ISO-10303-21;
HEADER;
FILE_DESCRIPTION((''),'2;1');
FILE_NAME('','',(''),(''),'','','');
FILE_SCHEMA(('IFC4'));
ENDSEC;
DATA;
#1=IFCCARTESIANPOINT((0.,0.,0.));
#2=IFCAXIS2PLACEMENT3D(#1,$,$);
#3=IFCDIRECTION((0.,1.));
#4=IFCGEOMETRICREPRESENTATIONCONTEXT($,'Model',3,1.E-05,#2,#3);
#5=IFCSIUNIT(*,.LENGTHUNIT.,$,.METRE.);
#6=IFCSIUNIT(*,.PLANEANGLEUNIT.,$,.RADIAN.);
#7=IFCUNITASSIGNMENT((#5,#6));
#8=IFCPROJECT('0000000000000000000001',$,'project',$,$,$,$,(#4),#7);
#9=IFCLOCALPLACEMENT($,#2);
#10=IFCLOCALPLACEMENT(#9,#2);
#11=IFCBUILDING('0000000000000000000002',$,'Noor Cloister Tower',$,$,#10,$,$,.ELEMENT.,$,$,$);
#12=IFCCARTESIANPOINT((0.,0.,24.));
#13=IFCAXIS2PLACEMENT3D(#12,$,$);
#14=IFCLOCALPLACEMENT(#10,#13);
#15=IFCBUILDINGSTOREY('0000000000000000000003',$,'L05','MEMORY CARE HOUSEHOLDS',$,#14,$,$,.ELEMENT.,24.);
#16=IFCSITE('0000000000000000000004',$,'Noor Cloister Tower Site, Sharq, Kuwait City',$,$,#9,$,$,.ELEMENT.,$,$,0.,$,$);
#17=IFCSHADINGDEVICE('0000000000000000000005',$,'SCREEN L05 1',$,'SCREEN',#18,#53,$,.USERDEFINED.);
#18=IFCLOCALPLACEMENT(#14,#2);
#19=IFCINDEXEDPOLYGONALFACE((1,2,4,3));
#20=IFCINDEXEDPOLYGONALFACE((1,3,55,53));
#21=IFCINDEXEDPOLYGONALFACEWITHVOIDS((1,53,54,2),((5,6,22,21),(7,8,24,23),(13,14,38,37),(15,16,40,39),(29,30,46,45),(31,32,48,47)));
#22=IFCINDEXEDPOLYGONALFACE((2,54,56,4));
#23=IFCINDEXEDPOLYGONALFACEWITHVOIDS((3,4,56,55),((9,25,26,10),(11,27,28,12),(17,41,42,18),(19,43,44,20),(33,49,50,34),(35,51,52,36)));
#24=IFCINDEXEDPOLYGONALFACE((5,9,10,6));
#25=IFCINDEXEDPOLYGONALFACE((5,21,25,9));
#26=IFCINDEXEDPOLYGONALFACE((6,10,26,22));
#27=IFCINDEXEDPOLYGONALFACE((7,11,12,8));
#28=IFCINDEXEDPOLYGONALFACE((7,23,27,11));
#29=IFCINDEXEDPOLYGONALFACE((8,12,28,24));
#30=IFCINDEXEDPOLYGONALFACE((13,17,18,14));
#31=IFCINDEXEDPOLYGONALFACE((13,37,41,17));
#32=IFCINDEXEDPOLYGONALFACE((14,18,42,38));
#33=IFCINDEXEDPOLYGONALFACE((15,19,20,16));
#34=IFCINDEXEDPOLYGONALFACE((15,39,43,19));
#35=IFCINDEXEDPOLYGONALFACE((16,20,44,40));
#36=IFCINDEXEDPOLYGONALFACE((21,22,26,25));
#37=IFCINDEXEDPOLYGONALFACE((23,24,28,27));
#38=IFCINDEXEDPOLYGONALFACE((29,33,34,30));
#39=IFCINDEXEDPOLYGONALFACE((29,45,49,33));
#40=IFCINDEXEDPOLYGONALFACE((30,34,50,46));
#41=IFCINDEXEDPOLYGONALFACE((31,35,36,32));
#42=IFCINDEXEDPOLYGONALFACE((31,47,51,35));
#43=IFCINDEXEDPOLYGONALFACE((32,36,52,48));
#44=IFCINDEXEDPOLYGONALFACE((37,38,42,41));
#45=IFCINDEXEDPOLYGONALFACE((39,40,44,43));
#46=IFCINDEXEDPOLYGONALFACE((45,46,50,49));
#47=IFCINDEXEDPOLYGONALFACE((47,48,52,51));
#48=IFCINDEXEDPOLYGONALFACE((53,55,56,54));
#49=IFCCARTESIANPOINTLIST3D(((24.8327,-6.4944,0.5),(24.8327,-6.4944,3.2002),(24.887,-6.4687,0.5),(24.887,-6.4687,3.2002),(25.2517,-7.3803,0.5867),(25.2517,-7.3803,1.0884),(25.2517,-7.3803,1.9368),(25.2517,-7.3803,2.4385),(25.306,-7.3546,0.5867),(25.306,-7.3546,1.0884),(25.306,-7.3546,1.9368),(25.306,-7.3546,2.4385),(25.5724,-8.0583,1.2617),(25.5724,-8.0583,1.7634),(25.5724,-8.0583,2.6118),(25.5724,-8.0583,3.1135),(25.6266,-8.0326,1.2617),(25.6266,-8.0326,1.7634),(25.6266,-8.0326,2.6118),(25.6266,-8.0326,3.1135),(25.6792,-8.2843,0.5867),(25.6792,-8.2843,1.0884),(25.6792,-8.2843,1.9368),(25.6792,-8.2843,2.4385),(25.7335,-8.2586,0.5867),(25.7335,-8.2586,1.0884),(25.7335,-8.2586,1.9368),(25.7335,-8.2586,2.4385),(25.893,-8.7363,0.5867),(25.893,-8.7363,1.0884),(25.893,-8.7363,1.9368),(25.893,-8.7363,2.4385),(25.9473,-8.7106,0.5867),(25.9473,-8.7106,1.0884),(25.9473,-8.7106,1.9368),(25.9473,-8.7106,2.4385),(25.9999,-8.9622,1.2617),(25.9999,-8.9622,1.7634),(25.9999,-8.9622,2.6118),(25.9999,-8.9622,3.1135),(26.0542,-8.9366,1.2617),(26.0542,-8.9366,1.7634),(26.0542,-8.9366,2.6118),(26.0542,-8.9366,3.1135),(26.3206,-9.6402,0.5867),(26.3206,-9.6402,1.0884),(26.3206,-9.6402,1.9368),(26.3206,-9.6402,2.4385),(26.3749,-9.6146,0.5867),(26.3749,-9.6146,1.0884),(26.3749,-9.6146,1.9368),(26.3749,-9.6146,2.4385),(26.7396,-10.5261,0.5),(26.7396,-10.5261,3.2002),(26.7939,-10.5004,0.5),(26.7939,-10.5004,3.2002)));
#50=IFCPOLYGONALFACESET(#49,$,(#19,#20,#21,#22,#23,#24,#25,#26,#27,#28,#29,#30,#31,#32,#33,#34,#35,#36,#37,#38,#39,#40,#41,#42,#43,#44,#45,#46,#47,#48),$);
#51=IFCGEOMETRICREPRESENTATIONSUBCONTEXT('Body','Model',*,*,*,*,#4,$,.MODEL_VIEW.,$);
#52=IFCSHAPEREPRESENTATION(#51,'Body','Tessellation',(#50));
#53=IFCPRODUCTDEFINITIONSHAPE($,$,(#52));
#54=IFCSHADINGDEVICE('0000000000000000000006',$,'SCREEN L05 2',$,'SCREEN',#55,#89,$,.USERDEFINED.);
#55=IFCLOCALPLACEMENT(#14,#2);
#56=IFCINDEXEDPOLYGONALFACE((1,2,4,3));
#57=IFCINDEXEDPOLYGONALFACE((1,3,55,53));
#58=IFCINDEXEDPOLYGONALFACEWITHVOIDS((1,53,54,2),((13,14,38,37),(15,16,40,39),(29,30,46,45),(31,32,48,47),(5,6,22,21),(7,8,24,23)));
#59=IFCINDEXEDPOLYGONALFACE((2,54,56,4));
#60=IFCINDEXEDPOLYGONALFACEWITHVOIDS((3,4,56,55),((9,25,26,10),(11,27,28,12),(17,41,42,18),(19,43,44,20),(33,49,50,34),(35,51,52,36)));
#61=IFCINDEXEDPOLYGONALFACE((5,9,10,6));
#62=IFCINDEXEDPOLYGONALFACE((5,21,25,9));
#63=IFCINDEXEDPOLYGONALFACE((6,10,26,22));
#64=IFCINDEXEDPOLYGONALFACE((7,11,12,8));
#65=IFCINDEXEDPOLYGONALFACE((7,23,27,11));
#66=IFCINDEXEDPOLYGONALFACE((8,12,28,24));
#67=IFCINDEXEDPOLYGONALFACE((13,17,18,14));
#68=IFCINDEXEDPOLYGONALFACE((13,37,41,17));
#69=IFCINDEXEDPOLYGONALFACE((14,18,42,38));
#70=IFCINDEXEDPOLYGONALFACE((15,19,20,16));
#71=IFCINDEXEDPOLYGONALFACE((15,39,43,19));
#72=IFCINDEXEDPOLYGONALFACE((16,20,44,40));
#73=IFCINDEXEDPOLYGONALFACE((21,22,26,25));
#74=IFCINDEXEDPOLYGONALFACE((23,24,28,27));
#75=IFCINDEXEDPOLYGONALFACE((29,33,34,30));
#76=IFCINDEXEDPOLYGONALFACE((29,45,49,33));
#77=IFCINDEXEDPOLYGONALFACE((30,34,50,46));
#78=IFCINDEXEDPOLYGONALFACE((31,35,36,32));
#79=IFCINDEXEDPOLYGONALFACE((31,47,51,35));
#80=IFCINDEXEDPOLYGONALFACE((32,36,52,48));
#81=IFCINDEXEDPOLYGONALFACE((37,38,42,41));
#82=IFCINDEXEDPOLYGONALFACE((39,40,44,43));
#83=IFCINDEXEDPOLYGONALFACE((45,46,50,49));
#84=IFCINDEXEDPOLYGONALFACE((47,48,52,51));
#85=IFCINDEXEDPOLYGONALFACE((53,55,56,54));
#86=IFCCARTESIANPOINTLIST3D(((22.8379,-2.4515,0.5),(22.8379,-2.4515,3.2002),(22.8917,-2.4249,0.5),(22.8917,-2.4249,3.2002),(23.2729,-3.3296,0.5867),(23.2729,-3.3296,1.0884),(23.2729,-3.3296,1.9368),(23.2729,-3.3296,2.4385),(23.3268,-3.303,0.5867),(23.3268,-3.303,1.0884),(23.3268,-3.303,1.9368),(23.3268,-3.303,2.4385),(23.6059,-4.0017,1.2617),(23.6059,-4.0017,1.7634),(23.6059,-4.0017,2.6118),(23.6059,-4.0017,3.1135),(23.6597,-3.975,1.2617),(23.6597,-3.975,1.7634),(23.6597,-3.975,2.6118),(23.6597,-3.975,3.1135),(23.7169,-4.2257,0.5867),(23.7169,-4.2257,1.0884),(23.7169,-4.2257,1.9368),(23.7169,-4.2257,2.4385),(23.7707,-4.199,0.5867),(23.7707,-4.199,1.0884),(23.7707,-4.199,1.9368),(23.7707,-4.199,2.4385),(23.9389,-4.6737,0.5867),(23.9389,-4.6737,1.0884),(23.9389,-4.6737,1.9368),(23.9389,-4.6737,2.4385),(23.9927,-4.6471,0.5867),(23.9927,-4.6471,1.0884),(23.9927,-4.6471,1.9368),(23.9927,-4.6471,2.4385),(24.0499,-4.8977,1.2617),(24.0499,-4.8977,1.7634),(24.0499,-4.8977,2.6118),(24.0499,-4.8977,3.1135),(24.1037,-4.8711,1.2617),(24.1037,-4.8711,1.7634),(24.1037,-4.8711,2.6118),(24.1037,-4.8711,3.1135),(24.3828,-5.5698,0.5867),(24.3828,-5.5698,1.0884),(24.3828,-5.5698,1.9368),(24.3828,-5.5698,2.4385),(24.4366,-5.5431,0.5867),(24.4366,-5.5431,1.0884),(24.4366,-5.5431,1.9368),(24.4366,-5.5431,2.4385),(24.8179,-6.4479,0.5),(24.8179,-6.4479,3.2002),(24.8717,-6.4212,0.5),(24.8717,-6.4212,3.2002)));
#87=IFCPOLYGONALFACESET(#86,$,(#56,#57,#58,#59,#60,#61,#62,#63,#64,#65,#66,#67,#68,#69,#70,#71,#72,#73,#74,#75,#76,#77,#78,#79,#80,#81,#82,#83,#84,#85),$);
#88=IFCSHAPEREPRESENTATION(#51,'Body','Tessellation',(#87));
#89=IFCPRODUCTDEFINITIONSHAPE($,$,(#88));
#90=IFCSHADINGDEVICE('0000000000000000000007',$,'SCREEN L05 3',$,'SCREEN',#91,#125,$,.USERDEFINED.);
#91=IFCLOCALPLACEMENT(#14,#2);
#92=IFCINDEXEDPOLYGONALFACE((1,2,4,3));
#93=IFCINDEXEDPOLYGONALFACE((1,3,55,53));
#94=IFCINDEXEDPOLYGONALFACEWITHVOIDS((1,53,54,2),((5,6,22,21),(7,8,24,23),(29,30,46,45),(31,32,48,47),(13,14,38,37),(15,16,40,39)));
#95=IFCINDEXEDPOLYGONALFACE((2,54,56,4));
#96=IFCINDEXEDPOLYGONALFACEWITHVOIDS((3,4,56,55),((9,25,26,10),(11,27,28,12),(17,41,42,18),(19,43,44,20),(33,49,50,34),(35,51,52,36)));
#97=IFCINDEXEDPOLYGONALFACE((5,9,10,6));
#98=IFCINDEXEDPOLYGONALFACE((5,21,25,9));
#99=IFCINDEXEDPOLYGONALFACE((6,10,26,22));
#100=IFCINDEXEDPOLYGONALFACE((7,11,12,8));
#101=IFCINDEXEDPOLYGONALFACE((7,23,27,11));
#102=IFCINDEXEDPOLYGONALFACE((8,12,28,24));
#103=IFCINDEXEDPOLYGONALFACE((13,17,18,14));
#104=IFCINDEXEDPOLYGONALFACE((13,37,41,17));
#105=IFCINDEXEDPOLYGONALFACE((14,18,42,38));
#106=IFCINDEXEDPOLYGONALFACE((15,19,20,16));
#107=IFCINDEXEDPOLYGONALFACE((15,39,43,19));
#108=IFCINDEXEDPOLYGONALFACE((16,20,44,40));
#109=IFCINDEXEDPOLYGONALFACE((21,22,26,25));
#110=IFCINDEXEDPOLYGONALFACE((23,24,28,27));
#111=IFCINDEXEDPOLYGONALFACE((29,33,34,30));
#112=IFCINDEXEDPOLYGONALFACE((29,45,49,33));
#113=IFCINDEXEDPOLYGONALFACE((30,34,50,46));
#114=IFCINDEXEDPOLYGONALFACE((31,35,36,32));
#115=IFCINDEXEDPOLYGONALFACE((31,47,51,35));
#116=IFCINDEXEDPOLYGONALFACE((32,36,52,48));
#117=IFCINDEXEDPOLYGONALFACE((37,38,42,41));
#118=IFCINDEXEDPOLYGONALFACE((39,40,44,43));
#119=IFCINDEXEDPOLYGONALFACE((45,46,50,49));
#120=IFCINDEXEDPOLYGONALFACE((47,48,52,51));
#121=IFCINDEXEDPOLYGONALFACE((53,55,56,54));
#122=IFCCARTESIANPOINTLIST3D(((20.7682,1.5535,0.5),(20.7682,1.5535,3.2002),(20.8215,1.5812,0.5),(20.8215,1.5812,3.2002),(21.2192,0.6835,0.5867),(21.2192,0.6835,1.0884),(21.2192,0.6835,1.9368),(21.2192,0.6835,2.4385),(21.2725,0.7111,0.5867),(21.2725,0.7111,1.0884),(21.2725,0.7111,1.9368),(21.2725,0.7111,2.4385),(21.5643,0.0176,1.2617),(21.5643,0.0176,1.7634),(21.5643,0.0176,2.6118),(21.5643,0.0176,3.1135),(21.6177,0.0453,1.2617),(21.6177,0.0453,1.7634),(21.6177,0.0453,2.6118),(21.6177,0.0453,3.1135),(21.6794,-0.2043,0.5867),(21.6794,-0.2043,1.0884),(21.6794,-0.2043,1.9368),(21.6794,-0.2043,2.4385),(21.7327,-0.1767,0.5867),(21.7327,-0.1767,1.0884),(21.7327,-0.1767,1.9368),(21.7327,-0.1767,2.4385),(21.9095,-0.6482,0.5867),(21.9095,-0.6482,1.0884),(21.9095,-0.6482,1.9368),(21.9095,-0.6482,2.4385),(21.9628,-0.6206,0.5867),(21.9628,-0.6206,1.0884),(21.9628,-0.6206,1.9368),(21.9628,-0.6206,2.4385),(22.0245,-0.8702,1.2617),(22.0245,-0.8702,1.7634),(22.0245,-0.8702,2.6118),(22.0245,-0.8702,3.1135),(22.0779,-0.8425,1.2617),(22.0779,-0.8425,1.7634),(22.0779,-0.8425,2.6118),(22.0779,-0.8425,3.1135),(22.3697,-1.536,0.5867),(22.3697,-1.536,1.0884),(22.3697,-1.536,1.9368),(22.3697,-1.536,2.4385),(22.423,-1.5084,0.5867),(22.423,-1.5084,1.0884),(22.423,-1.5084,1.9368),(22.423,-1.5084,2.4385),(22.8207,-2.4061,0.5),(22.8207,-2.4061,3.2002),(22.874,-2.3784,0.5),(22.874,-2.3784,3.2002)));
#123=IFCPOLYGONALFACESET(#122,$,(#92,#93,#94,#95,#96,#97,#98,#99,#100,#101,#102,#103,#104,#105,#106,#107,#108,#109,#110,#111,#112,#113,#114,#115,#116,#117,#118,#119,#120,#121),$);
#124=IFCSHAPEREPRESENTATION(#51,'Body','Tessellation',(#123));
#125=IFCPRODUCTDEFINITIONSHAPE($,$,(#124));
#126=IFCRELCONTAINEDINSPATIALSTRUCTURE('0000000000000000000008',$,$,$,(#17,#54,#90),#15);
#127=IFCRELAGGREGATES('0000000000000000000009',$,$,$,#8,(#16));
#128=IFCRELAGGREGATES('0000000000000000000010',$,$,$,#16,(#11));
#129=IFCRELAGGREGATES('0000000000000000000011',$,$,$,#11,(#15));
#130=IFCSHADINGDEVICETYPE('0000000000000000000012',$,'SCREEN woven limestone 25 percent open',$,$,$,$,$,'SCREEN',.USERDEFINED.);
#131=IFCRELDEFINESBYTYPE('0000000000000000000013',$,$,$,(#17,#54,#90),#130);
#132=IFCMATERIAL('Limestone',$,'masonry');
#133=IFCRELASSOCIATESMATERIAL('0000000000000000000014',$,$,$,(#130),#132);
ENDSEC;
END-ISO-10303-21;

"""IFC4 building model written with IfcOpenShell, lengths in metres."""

from ifc_helpers import new_model, si_unit, direction, frame, origin, place, context, subcontext, project, spatial, polyline, outline, extrude, material, material_profile, profile_set, type_object, element, save


model = new_model("IFC4")

# Units and contexts
model_context = context("Model", 3, precision=1e-05, world=origin(), true_north=direction((0.0, 1.0)))
body_context = subcontext(model_context, "Body", "Model", "MODEL_VIEW")
ifc_project = project(units=[si_unit("LENGTHUNIT", "METRE"), si_unit("PLANEANGLEUNIT", "RADIAN")], contexts=[model_context])

# Site, building, storey
site_placement = place(None, origin())
site = spatial("IfcSite", under=ifc_project, at=site_placement, Name="Noor Cloister Tower Site, Sharq, Kuwait City", CompositionType="ELEMENT", RefElevation=0.0)
building_placement = place(site_placement, origin())
building = spatial("IfcBuilding", under=site, at=building_placement, Name="Noor Cloister Tower", CompositionType="ELEMENT")
storey_placement = place(building_placement, frame((0.0, 0.0, 24.0)))
storey = spatial("IfcBuildingStorey", under=building, at=storey_placement, Name="L05", Description="MEMORY CARE HOUSEHOLDS", CompositionType="ELEMENT", Elevation=24.0)

# Shading devices
ifc_material_1 = material(Name="Limestone", Category="masonry")
ifc_material_profile_1 = material_profile(ifc_material_1, outline(polyline([(-2.23, -1.3501), (2.23, -1.3501), (2.23, 1.3501), (-2.23, 1.3501), (-2.23, -1.3501)]), holes=[polyline([(-1.25, -1.2634), (-0.25, -1.2634), (-0.25, -0.7617), (-1.25, -0.7617), (-1.25, -1.2634)]), polyline([(0.25, -1.2634), (1.25, -1.2634), (1.25, -0.7617), (0.25, -0.7617), (0.25, -1.2634)]), polyline([(-0.5, -0.5884), (0.5, -0.5884), (0.5, -0.0867), (-0.5, -0.0867), (-0.5, -0.5884)]), polyline([(-1.25, 0.0867), (-0.25, 0.0867), (-0.25, 0.5884), (-1.25, 0.5884), (-1.25, 0.0867)]), polyline([(0.25, 0.0867), (1.25, 0.0867), (1.25, 0.5884), (0.25, 0.5884), (0.25, 0.0867)]), polyline([(-0.5, 0.7617), (0.5, 0.7617), (0.5, 1.2634), (-0.5, 1.2634), (-0.5, 0.7617)])]), Name="Woven screen 25 percent open")
ifc_profile_set_1 = profile_set([ifc_material_profile_1], Name="Limestone")
shading_device_type = type_object("IfcShadingDeviceType", Name="SCREEN woven limestone 25 percent open", ElementType="SCREEN", PredefinedType="USERDEFINED", material=ifc_profile_set_1)
for number, where, z_axis, x_axis, name in (
    (1, (25.7861, -8.5103, 1.8501), (0.903986, 0.427561, 0.0), (-0.427561, 0.903986, 0.0), "SCREEN L05 1"),
    (2, (23.8279, -4.4497, 1.8501), (0.89605, 0.443952, 0.0), (-0.443952, 0.89605, 0.0), "SCREEN L05 2"),
    (3, (21.7944, -0.4263, 1.8501), (0.887816, 0.460198, 0.0), (-0.460198, 0.887816, 0.0), "SCREEN L05 3"),
):
    element("IfcShadingDevice", number, at=place(storey_placement, frame(where, z_axis=z_axis, x_axis=x_axis)), inside=storey, type_object=shading_device_type, Name=name, ObjectType="SCREEN", PredefinedType="USERDEFINED", context=body_context, shape_type="SweptSolid", body=[
        extrude(outline(polyline([(-2.23, -1.3501), (2.23, -1.3501), (2.23, 1.3501), (-2.23, 1.3501), (-2.23, -1.3501)]), holes=[polyline([(-1.25, -1.2634), (-0.25, -1.2634), (-0.25, -0.7617), (-1.25, -0.7617), (-1.25, -1.2634)]), polyline([(0.25, -1.2634), (1.25, -1.2634), (1.25, -0.7617), (0.25, -0.7617), (0.25, -1.2634)]), polyline([(-0.5, -0.5884), (0.5, -0.5884), (0.5, -0.0867), (-0.5, -0.0867), (-0.5, -0.5884)]), polyline([(-1.25, 0.0867), (-0.25, 0.0867), (-0.25, 0.5884), (-1.25, 0.5884), (-1.25, 0.0867)]), polyline([(0.25, 0.0867), (1.25, 0.0867), (1.25, 0.5884), (0.25, 0.5884), (0.25, 0.0867)]), polyline([(-0.5, 0.7617), (0.5, 0.7617), (0.5, 1.2634), (-0.5, 1.2634), (-0.5, 0.7617)])]), origin(), (0.0, 0.0, 1.0), 0.0601),
    ])

save(model, "model.ifc")
